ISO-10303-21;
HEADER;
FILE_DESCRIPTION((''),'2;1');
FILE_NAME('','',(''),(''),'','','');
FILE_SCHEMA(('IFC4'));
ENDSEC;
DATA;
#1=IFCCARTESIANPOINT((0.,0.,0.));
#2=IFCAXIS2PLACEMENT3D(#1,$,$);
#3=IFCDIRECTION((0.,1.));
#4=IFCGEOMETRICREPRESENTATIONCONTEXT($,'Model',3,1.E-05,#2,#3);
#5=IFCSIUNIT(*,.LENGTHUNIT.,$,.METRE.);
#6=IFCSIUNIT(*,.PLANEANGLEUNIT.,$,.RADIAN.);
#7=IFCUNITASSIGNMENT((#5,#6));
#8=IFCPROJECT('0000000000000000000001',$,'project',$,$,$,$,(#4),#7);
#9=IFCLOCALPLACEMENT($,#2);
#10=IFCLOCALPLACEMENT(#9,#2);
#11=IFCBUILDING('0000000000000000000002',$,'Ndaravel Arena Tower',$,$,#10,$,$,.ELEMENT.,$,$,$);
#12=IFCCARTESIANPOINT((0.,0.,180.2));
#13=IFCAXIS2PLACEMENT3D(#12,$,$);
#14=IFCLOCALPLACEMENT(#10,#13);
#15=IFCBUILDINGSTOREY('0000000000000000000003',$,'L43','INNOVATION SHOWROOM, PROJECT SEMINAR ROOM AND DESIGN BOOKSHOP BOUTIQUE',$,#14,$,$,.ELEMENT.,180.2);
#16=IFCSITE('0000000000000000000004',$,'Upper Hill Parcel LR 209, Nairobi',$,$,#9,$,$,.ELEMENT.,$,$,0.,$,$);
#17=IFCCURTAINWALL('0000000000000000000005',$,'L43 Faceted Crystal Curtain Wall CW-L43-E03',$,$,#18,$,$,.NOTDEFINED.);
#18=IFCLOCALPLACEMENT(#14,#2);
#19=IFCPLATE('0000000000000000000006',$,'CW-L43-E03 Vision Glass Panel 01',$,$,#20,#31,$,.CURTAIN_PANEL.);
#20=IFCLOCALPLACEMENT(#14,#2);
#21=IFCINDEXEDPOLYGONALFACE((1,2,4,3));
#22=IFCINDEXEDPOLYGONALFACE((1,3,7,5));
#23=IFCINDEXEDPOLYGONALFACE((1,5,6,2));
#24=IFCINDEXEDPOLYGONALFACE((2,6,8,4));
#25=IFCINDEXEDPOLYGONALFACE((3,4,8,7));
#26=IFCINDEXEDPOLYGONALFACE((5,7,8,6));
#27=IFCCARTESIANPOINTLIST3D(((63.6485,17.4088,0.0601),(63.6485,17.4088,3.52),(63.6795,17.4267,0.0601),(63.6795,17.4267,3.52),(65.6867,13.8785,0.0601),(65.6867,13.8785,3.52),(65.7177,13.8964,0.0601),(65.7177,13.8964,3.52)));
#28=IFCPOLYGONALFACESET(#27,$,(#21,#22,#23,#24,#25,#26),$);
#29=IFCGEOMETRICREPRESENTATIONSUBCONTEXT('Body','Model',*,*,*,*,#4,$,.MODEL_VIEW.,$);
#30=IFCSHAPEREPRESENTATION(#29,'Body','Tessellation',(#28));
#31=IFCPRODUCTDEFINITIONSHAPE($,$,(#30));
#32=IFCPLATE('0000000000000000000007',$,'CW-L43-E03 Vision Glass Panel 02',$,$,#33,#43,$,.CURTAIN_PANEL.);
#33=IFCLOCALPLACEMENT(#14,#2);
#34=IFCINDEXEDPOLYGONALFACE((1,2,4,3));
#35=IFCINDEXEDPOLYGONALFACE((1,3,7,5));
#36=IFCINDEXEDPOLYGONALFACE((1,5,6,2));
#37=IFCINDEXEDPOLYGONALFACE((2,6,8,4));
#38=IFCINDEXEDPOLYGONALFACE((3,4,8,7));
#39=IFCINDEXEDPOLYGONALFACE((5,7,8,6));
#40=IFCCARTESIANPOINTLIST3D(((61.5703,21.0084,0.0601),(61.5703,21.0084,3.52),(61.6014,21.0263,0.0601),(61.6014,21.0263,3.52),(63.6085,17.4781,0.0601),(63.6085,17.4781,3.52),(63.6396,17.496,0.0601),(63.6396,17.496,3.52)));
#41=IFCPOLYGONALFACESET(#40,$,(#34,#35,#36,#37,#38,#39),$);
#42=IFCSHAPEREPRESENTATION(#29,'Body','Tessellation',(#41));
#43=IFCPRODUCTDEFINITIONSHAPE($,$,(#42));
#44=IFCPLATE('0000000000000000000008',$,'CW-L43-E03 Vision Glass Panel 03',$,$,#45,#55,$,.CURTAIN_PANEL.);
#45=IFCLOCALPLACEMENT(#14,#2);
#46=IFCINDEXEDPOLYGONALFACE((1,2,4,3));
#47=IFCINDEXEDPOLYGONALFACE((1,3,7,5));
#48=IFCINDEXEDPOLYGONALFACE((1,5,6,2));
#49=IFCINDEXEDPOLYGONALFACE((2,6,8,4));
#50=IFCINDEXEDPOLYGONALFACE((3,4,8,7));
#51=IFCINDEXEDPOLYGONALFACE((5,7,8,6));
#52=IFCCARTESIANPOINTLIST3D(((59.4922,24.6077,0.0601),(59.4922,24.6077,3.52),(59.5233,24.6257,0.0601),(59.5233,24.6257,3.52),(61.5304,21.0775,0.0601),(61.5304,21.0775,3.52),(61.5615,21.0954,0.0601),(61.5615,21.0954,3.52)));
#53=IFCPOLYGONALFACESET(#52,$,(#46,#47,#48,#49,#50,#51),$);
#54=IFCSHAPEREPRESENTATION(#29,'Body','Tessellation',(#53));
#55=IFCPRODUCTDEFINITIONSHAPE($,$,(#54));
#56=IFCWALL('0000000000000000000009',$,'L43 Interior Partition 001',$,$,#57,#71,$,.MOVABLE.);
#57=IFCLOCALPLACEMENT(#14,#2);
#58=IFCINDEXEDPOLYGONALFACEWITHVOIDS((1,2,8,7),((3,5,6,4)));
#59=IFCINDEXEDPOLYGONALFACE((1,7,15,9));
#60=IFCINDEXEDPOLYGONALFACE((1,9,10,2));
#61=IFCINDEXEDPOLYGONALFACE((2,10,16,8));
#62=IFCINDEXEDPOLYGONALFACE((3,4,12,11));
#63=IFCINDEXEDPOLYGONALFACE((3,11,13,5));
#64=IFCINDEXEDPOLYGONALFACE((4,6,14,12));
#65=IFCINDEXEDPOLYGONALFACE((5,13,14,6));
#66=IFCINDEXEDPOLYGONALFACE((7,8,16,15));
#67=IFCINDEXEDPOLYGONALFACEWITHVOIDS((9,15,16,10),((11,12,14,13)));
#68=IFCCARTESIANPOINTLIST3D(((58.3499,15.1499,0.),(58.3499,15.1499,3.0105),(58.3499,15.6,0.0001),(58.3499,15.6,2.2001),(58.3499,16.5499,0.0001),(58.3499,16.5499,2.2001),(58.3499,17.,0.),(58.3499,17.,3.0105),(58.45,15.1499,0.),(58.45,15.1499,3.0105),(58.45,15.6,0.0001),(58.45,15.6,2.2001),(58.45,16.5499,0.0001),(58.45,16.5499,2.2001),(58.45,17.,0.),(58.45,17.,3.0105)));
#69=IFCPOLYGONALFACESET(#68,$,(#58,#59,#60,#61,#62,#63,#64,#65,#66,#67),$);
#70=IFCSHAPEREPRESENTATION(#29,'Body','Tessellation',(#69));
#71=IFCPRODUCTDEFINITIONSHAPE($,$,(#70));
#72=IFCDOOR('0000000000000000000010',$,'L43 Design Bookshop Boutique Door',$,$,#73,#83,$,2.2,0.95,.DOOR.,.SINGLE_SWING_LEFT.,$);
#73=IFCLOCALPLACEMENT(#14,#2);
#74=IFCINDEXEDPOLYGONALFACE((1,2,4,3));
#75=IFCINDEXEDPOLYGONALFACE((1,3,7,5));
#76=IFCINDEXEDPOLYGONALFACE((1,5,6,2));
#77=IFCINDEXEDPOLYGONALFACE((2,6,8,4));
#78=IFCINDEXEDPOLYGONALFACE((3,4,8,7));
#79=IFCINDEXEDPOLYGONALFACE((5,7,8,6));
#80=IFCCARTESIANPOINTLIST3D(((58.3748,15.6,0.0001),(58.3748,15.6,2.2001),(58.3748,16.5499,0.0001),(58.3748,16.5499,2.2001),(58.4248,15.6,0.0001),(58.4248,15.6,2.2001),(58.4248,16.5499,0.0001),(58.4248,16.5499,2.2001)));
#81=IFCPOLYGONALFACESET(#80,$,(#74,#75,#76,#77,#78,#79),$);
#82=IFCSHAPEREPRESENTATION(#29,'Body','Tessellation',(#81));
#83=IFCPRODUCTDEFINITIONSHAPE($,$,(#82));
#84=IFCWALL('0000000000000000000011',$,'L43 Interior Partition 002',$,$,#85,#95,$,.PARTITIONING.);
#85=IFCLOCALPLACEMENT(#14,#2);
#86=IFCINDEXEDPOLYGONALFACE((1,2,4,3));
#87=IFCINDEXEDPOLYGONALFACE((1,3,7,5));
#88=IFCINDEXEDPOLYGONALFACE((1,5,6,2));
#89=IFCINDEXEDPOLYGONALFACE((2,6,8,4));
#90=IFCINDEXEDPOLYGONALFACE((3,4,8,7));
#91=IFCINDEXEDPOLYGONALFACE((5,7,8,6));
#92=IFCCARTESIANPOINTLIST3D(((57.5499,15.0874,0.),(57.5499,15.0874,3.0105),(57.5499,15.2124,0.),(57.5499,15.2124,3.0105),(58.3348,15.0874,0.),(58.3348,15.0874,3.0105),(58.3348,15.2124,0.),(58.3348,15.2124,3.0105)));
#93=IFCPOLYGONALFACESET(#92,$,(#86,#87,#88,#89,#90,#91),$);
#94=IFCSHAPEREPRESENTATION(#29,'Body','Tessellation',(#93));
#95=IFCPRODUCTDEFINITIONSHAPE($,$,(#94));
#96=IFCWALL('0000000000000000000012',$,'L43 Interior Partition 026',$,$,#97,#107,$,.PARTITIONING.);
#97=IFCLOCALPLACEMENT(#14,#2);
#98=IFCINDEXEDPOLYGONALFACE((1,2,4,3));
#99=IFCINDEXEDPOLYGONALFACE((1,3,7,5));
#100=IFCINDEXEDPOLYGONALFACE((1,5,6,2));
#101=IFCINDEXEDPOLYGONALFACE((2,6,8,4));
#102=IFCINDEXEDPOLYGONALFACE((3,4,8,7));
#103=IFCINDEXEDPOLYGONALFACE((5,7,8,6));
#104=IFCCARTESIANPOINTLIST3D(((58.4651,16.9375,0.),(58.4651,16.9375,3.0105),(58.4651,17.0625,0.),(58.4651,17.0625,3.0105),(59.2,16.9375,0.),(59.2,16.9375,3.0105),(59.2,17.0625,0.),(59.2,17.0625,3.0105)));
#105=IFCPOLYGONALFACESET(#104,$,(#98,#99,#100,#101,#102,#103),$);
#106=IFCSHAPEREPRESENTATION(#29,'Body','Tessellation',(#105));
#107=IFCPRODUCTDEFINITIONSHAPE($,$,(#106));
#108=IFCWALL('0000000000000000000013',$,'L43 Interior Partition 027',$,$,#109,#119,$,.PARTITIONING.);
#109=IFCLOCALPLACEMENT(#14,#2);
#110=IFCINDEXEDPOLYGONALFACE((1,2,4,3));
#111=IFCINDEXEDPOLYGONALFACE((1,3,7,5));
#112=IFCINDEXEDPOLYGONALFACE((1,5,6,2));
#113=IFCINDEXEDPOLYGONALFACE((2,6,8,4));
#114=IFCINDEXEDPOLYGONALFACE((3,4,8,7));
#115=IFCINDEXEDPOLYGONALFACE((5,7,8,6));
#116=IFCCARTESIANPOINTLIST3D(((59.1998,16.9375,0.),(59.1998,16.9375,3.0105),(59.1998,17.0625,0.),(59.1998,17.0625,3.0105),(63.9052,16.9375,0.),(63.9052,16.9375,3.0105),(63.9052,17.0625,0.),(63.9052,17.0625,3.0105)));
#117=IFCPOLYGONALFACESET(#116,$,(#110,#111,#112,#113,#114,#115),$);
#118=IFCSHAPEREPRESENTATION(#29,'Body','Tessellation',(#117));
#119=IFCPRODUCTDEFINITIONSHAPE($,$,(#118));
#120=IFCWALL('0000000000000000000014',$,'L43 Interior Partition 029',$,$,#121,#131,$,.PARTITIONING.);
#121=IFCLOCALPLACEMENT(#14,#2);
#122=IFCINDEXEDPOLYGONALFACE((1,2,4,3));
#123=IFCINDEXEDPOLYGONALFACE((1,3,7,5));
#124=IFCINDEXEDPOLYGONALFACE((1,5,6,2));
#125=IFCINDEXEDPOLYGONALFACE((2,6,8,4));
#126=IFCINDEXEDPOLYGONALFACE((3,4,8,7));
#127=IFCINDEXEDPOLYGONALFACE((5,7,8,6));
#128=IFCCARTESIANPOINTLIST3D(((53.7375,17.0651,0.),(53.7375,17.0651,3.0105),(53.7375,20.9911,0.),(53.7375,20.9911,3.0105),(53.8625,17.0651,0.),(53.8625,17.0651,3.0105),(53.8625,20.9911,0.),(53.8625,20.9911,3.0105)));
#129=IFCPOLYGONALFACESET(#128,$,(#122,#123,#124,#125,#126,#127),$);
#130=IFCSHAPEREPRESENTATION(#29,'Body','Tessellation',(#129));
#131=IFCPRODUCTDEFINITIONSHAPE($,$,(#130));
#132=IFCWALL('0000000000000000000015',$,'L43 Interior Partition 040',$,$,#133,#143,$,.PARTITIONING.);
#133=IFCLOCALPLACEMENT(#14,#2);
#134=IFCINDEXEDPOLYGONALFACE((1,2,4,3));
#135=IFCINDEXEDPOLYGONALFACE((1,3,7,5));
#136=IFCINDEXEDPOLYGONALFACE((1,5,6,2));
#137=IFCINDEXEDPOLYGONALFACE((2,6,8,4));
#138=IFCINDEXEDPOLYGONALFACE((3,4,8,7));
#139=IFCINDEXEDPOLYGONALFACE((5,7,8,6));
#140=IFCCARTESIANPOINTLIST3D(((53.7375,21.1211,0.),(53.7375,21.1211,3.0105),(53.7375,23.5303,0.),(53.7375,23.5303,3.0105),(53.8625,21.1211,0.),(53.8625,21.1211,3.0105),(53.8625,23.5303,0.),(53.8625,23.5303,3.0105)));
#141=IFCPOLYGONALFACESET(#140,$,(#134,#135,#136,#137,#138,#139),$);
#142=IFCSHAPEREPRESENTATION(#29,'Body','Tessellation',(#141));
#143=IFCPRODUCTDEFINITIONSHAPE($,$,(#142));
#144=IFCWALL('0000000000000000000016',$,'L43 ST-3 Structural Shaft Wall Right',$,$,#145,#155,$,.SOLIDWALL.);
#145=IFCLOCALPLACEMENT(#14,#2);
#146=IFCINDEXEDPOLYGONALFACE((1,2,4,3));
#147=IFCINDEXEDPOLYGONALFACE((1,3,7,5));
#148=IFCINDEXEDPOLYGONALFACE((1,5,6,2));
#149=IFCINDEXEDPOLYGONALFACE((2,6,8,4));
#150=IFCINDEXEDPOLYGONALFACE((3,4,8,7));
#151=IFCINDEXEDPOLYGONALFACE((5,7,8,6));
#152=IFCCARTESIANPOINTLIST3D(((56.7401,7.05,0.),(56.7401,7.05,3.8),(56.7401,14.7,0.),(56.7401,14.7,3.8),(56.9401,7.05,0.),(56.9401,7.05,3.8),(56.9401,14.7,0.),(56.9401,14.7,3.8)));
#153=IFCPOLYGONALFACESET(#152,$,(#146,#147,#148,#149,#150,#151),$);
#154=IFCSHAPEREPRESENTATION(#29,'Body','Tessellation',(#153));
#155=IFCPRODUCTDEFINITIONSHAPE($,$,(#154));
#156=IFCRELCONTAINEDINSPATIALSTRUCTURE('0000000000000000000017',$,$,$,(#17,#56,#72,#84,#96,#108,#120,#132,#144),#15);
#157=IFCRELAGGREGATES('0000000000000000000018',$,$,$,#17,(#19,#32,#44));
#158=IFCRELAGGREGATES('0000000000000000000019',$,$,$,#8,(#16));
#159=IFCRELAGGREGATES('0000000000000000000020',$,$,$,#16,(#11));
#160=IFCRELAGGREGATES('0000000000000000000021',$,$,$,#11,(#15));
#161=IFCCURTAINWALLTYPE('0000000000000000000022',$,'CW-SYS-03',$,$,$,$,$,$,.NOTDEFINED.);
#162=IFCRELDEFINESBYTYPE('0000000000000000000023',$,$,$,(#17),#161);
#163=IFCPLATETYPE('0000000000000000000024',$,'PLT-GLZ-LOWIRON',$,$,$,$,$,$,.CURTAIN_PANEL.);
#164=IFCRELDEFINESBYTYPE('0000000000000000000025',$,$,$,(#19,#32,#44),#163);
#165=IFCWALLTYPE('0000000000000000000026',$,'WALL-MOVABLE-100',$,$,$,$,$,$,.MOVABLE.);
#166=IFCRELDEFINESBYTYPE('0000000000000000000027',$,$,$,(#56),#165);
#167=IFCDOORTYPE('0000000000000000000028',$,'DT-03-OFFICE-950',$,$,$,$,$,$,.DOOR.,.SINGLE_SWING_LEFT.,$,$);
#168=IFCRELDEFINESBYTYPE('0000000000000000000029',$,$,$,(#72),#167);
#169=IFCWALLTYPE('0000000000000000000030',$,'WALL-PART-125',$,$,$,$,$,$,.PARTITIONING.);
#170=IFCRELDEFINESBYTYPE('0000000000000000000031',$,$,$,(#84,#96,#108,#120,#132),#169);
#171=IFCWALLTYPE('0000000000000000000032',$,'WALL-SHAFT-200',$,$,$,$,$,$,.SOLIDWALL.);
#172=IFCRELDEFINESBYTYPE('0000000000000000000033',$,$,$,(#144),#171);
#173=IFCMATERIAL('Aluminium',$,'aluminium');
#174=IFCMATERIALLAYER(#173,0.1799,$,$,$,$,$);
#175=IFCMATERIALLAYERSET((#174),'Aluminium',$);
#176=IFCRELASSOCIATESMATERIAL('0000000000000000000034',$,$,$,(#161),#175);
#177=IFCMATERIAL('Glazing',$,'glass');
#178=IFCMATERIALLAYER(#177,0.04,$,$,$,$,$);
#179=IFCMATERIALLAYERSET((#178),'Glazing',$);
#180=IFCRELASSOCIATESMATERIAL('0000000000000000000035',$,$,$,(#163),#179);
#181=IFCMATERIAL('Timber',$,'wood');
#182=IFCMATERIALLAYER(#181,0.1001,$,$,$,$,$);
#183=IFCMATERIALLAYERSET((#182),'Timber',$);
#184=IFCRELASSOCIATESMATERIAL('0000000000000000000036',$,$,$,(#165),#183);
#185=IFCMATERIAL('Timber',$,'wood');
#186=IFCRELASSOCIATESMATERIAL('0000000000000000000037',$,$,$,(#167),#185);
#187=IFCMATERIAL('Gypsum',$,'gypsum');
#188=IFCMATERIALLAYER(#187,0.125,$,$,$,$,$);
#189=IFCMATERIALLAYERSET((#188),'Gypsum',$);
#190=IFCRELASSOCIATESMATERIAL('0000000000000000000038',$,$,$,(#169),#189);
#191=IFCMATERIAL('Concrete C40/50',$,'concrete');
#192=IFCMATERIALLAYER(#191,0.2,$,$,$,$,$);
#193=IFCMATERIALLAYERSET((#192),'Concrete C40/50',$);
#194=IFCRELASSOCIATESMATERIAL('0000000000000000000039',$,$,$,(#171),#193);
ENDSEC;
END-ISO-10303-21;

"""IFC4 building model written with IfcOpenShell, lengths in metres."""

from ifc_helpers import new_model, si_unit, direction, frame, frame_2d, origin, origin_2d, place, context, subcontext, project, spatial, rectangle, extrude, material, layer, layer_set, type_object, element, fill, aggregate, save


model = new_model("IFC4")

# Units and contexts
model_context = context("Model", 3, precision=1e-05, world=origin(), true_north=direction((0.0, 1.0)))
body_context = subcontext(model_context, "Body", "Model", "MODEL_VIEW")
ifc_project = project(units=[si_unit("LENGTHUNIT", "METRE"), si_unit("PLANEANGLEUNIT", "RADIAN")], contexts=[model_context])

# Site, building, storey
site_placement = place(None, origin())
site = spatial("IfcSite", under=ifc_project, at=site_placement, Name="Upper Hill Parcel LR 209, Nairobi", CompositionType="ELEMENT", RefElevation=0.0)
building_placement = place(site_placement, origin())
building = spatial("IfcBuilding", under=site, at=building_placement, Name="Ndaravel Arena Tower", CompositionType="ELEMENT")
storey_placement = place(building_placement, frame((0.0, 0.0, 180.2)))
storey = spatial("IfcBuildingStorey", under=building, at=storey_placement, Name="L43", Description="INNOVATION SHOWROOM, PROJECT SEMINAR ROOM AND DESIGN BOOKSHOP BOUTIQUE", CompositionType="ELEMENT", Elevation=180.2)

# Curtain wall, plates
ifc_material_1 = material(Name="Aluminium", Category="aluminium")
ifc_layer_1 = layer(ifc_material_1, 0.1799)
ifc_layer_set_1 = layer_set([ifc_layer_1], Name="Aluminium")
curtain_wall_type = type_object("IfcCurtainWallType", Name="CW-SYS-03", PredefinedType="NOTDEFINED", material=ifc_layer_set_1)
curtain_wall_placement = place(storey_placement, origin())
curtain_wall = element("IfcCurtainWall", 1, at=curtain_wall_placement, inside=storey, type_object=curtain_wall_type, Name="L43 Faceted Crystal Curtain Wall CW-L43-E03", PredefinedType="NOTDEFINED")
ifc_material_2 = material(Name="Glazing", Category="glass")
ifc_layer_2 = layer(ifc_material_2, 0.04)
ifc_layer_set_2 = layer_set([ifc_layer_2], Name="Glazing")
plate_type = type_object("IfcPlateType", Name="PLT-GLZ-LOWIRON", PredefinedType="CURTAIN_PANEL", material=ifc_layer_set_2)
plate_1_placement = place(storey_placement, frame((64.6831, 15.6526, 0.0601), z_axis=(0.0, 0.0, 1.0), x_axis=(-0.5, 0.866025, 0.0)))
plate_1 = element("IfcPlate", 2, at=plate_1_placement, type_object=plate_type, Name="CW-L43-E03 Vision Glass Panel 01", PredefinedType="CURTAIN_PANEL", context=body_context, shape_type="SweptSolid", body=[
    extrude(rectangle(XDim=4.0764, YDim=0.0359, at=origin_2d()), origin(), (0.0, 0.0, 1.0), 3.46),
])
plate_2_placement = place(storey_placement, frame((62.605, 19.2522, 0.0601), z_axis=(0.0, 0.0, 1.0), x_axis=(-0.5, 0.866025, 0.0)))
plate_2 = element("IfcPlate", 3, at=plate_2_placement, type_object=plate_type, Name="CW-L43-E03 Vision Glass Panel 02", PredefinedType="CURTAIN_PANEL", context=body_context, shape_type="SweptSolid", body=[
    extrude(rectangle(XDim=4.0764, YDim=0.0359, at=origin_2d()), origin(), (0.0, 0.0, 1.0), 3.46),
])
plate_3_placement = place(storey_placement, frame((60.5269, 22.8516, 0.0601), z_axis=(0.0, 0.0, 1.0), x_axis=(-0.5, 0.866025, 0.0)))
plate_3 = element("IfcPlate", 4, at=plate_3_placement, type_object=plate_type, Name="CW-L43-E03 Vision Glass Panel 03", PredefinedType="CURTAIN_PANEL", context=body_context, shape_type="SweptSolid", body=[
    extrude(rectangle(XDim=4.0764, YDim=0.0359, at=origin_2d()), origin(), (0.0, 0.0, 1.0), 3.46),
])
aggregate(curtain_wall, [plate_1, plate_2, plate_3])

# Wall, opening, door
ifc_material_3 = material(Name="Timber", Category="wood")
ifc_layer_3 = layer(ifc_material_3, 0.1001)
ifc_layer_set_3 = layer_set([ifc_layer_3], Name="Timber")
wall_type_1 = type_object("IfcWallType", Name="WALL-MOVABLE-100", PredefinedType="MOVABLE", material=ifc_layer_set_3)
wall_1_placement = place(storey_placement, frame((58.3999, 17.0, 0.0), z_axis=(0.0, 0.0, 1.0), x_axis=(0.0, -1.0, 0.0)))
wall_1 = element("IfcWall", 5, at=wall_1_placement, inside=storey, type_object=wall_type_1, Name="L43 Interior Partition 001", PredefinedType="MOVABLE", context=body_context, shape_type="SweptSolid", body=[
    extrude(rectangle(XDim=1.8501, YDim=0.1001, at=frame_2d((0.925, 0.0))), origin(), (0.0, 0.0, 1.0), 3.0105),
])
opening_placement = place(wall_1_placement, frame((0.45, 0.0, 0.0)))
opening = element("IfcOpeningElement", 6, at=opening_placement, cuts=wall_1, PredefinedType="OPENING", context=body_context, shape_type="SweptSolid", body=[
    extrude(rectangle(XDim=0.95, YDim=2.2, at=frame_2d((0.4751, 1.1001))), frame((0.0, 0.05, 0.0), z_axis=(0.0, -1.0, 0.0), x_axis=(1.0, 0.0, 0.0)), (0.0, 0.0, 1.0), 0.1001),
])
ifc_material_4 = material(Name="Timber", Category="wood")
door_type = type_object("IfcDoorType", Name="DT-03-OFFICE-950", OperationType="SINGLE_SWING_LEFT", PredefinedType="DOOR", material=ifc_material_4)
door_placement = place(opening_placement, origin())
door = element("IfcDoor", 7, at=door_placement, inside=storey, type_object=door_type, Name="L43 Design Bookshop Boutique Door", OperationType="SINGLE_SWING_LEFT", OverallHeight=2.2, OverallWidth=0.95, PredefinedType="DOOR", context=body_context, shape_type="SweptSolid", body=[
    extrude(rectangle(XDim=0.95, YDim=2.2, at=frame_2d((0.4751, 1.1001))), frame((0.0, 0.0249, 0.0), z_axis=(0.0, -1.0, 0.0), x_axis=(1.0, 0.0, 0.0)), (0.0, 0.0, 1.0), 0.05),
])
fill(opening, door)

# Walls
ifc_material_5 = material(Name="Gypsum", Category="gypsum")
ifc_layer_4 = layer(ifc_material_5, 0.125)
ifc_layer_set_4 = layer_set([ifc_layer_4], Name="Gypsum")
wall_type_2 = type_object("IfcWallType", Name="WALL-PART-125", PredefinedType="PARTITIONING", material=ifc_layer_set_4)
wall_2_placement = place(storey_placement, frame((58.335, 15.1499, 0.0), z_axis=(0.0, 0.0, 1.0), x_axis=(-1.0, 0.0, 0.0)))
element("IfcWall", 8, at=wall_2_placement, inside=storey, type_object=wall_type_2, Name="L43 Interior Partition 002", PredefinedType="PARTITIONING", context=body_context, shape_type="SweptSolid", body=[
    extrude(rectangle(XDim=0.7849, YDim=0.125, at=frame_2d((0.3926, 0.0))), origin(), (0.0, 0.0, 1.0), 3.0105),
])
wall_3_placement = place(storey_placement, frame((58.4651, 17.0, 0.0), z_axis=(0.0, 0.0, 1.0), x_axis=(1.0, 0.0, 0.0)))
element("IfcWall", 9, at=wall_3_placement, inside=storey, type_object=wall_type_2, Name="L43 Interior Partition 026", PredefinedType="PARTITIONING", context=body_context, shape_type="SweptSolid", body=[
    extrude(rectangle(XDim=0.7349, YDim=0.125, at=frame_2d((0.3674, 0.0))), origin(), (0.0, 0.0, 1.0), 3.0105),
])
wall_4_placement = place(storey_placement, frame((59.2, 17.0, 0.0), z_axis=(0.0, 0.0, 1.0), x_axis=(1.0, 0.0, 0.0)))
element("IfcWall", 10, at=wall_4_placement, inside=storey, type_object=wall_type_2, Name="L43 Interior Partition 027", PredefinedType="PARTITIONING", context=body_context, shape_type="SweptSolid", body=[
    extrude(rectangle(XDim=4.7053, YDim=0.125, at=frame_2d((2.3525, 0.0))), origin(), (0.0, 0.0, 1.0), 3.0105),
])
wall_5_placement = place(storey_placement, frame((53.8, 20.991, 0.0), z_axis=(0.0, 0.0, 1.0), x_axis=(0.0, -1.0, 0.0)))
element("IfcWall", 11, at=wall_5_placement, inside=storey, type_object=wall_type_2, Name="L43 Interior Partition 029", PredefinedType="PARTITIONING", context=body_context, shape_type="SweptSolid", body=[
    extrude(rectangle(XDim=3.926, YDim=0.125, at=frame_2d((1.9629, 0.0))), origin(), (0.0, 0.0, 1.0), 3.0105),
])
wall_6_placement = place(storey_placement, frame((53.8, 21.1211, 0.0), z_axis=(0.0, 0.0, 1.0), x_axis=(0.0, 1.0, 0.0)))
element("IfcWall", 12, at=wall_6_placement, inside=storey, type_object=wall_type_2, Name="L43 Interior Partition 040", PredefinedType="PARTITIONING", context=body_context, shape_type="SweptSolid", body=[
    extrude(rectangle(XDim=2.4092, YDim=0.125, at=frame_2d((1.2046, 0.0))), origin(), (0.0, 0.0, 1.0), 3.0105),
])
ifc_material_6 = material(Name="Concrete C40/50", Category="concrete")
ifc_layer_5 = layer(ifc_material_6, 0.2)
ifc_layer_set_5 = layer_set([ifc_layer_5], Name="Concrete C40/50")
wall_type_3 = type_object("IfcWallType", Name="WALL-SHAFT-200", PredefinedType="SOLIDWALL", material=ifc_layer_set_5)
wall_7_placement = place(storey_placement, frame((56.8401, 14.7, 0.0), z_axis=(0.0, 0.0, 1.0), x_axis=(0.0, -1.0, 0.0)))
element("IfcWall", 13, at=wall_7_placement, inside=storey, type_object=wall_type_3, Name="L43 ST-3 Structural Shaft Wall Right", PredefinedType="SOLIDWALL", context=body_context, shape_type="SweptSolid", body=[
    extrude(rectangle(XDim=7.6499, YDim=0.2, at=frame_2d((3.825, 0.0))), origin(), (0.0, 0.0, 1.0), 3.8),
])

save(model, "model.ifc")
